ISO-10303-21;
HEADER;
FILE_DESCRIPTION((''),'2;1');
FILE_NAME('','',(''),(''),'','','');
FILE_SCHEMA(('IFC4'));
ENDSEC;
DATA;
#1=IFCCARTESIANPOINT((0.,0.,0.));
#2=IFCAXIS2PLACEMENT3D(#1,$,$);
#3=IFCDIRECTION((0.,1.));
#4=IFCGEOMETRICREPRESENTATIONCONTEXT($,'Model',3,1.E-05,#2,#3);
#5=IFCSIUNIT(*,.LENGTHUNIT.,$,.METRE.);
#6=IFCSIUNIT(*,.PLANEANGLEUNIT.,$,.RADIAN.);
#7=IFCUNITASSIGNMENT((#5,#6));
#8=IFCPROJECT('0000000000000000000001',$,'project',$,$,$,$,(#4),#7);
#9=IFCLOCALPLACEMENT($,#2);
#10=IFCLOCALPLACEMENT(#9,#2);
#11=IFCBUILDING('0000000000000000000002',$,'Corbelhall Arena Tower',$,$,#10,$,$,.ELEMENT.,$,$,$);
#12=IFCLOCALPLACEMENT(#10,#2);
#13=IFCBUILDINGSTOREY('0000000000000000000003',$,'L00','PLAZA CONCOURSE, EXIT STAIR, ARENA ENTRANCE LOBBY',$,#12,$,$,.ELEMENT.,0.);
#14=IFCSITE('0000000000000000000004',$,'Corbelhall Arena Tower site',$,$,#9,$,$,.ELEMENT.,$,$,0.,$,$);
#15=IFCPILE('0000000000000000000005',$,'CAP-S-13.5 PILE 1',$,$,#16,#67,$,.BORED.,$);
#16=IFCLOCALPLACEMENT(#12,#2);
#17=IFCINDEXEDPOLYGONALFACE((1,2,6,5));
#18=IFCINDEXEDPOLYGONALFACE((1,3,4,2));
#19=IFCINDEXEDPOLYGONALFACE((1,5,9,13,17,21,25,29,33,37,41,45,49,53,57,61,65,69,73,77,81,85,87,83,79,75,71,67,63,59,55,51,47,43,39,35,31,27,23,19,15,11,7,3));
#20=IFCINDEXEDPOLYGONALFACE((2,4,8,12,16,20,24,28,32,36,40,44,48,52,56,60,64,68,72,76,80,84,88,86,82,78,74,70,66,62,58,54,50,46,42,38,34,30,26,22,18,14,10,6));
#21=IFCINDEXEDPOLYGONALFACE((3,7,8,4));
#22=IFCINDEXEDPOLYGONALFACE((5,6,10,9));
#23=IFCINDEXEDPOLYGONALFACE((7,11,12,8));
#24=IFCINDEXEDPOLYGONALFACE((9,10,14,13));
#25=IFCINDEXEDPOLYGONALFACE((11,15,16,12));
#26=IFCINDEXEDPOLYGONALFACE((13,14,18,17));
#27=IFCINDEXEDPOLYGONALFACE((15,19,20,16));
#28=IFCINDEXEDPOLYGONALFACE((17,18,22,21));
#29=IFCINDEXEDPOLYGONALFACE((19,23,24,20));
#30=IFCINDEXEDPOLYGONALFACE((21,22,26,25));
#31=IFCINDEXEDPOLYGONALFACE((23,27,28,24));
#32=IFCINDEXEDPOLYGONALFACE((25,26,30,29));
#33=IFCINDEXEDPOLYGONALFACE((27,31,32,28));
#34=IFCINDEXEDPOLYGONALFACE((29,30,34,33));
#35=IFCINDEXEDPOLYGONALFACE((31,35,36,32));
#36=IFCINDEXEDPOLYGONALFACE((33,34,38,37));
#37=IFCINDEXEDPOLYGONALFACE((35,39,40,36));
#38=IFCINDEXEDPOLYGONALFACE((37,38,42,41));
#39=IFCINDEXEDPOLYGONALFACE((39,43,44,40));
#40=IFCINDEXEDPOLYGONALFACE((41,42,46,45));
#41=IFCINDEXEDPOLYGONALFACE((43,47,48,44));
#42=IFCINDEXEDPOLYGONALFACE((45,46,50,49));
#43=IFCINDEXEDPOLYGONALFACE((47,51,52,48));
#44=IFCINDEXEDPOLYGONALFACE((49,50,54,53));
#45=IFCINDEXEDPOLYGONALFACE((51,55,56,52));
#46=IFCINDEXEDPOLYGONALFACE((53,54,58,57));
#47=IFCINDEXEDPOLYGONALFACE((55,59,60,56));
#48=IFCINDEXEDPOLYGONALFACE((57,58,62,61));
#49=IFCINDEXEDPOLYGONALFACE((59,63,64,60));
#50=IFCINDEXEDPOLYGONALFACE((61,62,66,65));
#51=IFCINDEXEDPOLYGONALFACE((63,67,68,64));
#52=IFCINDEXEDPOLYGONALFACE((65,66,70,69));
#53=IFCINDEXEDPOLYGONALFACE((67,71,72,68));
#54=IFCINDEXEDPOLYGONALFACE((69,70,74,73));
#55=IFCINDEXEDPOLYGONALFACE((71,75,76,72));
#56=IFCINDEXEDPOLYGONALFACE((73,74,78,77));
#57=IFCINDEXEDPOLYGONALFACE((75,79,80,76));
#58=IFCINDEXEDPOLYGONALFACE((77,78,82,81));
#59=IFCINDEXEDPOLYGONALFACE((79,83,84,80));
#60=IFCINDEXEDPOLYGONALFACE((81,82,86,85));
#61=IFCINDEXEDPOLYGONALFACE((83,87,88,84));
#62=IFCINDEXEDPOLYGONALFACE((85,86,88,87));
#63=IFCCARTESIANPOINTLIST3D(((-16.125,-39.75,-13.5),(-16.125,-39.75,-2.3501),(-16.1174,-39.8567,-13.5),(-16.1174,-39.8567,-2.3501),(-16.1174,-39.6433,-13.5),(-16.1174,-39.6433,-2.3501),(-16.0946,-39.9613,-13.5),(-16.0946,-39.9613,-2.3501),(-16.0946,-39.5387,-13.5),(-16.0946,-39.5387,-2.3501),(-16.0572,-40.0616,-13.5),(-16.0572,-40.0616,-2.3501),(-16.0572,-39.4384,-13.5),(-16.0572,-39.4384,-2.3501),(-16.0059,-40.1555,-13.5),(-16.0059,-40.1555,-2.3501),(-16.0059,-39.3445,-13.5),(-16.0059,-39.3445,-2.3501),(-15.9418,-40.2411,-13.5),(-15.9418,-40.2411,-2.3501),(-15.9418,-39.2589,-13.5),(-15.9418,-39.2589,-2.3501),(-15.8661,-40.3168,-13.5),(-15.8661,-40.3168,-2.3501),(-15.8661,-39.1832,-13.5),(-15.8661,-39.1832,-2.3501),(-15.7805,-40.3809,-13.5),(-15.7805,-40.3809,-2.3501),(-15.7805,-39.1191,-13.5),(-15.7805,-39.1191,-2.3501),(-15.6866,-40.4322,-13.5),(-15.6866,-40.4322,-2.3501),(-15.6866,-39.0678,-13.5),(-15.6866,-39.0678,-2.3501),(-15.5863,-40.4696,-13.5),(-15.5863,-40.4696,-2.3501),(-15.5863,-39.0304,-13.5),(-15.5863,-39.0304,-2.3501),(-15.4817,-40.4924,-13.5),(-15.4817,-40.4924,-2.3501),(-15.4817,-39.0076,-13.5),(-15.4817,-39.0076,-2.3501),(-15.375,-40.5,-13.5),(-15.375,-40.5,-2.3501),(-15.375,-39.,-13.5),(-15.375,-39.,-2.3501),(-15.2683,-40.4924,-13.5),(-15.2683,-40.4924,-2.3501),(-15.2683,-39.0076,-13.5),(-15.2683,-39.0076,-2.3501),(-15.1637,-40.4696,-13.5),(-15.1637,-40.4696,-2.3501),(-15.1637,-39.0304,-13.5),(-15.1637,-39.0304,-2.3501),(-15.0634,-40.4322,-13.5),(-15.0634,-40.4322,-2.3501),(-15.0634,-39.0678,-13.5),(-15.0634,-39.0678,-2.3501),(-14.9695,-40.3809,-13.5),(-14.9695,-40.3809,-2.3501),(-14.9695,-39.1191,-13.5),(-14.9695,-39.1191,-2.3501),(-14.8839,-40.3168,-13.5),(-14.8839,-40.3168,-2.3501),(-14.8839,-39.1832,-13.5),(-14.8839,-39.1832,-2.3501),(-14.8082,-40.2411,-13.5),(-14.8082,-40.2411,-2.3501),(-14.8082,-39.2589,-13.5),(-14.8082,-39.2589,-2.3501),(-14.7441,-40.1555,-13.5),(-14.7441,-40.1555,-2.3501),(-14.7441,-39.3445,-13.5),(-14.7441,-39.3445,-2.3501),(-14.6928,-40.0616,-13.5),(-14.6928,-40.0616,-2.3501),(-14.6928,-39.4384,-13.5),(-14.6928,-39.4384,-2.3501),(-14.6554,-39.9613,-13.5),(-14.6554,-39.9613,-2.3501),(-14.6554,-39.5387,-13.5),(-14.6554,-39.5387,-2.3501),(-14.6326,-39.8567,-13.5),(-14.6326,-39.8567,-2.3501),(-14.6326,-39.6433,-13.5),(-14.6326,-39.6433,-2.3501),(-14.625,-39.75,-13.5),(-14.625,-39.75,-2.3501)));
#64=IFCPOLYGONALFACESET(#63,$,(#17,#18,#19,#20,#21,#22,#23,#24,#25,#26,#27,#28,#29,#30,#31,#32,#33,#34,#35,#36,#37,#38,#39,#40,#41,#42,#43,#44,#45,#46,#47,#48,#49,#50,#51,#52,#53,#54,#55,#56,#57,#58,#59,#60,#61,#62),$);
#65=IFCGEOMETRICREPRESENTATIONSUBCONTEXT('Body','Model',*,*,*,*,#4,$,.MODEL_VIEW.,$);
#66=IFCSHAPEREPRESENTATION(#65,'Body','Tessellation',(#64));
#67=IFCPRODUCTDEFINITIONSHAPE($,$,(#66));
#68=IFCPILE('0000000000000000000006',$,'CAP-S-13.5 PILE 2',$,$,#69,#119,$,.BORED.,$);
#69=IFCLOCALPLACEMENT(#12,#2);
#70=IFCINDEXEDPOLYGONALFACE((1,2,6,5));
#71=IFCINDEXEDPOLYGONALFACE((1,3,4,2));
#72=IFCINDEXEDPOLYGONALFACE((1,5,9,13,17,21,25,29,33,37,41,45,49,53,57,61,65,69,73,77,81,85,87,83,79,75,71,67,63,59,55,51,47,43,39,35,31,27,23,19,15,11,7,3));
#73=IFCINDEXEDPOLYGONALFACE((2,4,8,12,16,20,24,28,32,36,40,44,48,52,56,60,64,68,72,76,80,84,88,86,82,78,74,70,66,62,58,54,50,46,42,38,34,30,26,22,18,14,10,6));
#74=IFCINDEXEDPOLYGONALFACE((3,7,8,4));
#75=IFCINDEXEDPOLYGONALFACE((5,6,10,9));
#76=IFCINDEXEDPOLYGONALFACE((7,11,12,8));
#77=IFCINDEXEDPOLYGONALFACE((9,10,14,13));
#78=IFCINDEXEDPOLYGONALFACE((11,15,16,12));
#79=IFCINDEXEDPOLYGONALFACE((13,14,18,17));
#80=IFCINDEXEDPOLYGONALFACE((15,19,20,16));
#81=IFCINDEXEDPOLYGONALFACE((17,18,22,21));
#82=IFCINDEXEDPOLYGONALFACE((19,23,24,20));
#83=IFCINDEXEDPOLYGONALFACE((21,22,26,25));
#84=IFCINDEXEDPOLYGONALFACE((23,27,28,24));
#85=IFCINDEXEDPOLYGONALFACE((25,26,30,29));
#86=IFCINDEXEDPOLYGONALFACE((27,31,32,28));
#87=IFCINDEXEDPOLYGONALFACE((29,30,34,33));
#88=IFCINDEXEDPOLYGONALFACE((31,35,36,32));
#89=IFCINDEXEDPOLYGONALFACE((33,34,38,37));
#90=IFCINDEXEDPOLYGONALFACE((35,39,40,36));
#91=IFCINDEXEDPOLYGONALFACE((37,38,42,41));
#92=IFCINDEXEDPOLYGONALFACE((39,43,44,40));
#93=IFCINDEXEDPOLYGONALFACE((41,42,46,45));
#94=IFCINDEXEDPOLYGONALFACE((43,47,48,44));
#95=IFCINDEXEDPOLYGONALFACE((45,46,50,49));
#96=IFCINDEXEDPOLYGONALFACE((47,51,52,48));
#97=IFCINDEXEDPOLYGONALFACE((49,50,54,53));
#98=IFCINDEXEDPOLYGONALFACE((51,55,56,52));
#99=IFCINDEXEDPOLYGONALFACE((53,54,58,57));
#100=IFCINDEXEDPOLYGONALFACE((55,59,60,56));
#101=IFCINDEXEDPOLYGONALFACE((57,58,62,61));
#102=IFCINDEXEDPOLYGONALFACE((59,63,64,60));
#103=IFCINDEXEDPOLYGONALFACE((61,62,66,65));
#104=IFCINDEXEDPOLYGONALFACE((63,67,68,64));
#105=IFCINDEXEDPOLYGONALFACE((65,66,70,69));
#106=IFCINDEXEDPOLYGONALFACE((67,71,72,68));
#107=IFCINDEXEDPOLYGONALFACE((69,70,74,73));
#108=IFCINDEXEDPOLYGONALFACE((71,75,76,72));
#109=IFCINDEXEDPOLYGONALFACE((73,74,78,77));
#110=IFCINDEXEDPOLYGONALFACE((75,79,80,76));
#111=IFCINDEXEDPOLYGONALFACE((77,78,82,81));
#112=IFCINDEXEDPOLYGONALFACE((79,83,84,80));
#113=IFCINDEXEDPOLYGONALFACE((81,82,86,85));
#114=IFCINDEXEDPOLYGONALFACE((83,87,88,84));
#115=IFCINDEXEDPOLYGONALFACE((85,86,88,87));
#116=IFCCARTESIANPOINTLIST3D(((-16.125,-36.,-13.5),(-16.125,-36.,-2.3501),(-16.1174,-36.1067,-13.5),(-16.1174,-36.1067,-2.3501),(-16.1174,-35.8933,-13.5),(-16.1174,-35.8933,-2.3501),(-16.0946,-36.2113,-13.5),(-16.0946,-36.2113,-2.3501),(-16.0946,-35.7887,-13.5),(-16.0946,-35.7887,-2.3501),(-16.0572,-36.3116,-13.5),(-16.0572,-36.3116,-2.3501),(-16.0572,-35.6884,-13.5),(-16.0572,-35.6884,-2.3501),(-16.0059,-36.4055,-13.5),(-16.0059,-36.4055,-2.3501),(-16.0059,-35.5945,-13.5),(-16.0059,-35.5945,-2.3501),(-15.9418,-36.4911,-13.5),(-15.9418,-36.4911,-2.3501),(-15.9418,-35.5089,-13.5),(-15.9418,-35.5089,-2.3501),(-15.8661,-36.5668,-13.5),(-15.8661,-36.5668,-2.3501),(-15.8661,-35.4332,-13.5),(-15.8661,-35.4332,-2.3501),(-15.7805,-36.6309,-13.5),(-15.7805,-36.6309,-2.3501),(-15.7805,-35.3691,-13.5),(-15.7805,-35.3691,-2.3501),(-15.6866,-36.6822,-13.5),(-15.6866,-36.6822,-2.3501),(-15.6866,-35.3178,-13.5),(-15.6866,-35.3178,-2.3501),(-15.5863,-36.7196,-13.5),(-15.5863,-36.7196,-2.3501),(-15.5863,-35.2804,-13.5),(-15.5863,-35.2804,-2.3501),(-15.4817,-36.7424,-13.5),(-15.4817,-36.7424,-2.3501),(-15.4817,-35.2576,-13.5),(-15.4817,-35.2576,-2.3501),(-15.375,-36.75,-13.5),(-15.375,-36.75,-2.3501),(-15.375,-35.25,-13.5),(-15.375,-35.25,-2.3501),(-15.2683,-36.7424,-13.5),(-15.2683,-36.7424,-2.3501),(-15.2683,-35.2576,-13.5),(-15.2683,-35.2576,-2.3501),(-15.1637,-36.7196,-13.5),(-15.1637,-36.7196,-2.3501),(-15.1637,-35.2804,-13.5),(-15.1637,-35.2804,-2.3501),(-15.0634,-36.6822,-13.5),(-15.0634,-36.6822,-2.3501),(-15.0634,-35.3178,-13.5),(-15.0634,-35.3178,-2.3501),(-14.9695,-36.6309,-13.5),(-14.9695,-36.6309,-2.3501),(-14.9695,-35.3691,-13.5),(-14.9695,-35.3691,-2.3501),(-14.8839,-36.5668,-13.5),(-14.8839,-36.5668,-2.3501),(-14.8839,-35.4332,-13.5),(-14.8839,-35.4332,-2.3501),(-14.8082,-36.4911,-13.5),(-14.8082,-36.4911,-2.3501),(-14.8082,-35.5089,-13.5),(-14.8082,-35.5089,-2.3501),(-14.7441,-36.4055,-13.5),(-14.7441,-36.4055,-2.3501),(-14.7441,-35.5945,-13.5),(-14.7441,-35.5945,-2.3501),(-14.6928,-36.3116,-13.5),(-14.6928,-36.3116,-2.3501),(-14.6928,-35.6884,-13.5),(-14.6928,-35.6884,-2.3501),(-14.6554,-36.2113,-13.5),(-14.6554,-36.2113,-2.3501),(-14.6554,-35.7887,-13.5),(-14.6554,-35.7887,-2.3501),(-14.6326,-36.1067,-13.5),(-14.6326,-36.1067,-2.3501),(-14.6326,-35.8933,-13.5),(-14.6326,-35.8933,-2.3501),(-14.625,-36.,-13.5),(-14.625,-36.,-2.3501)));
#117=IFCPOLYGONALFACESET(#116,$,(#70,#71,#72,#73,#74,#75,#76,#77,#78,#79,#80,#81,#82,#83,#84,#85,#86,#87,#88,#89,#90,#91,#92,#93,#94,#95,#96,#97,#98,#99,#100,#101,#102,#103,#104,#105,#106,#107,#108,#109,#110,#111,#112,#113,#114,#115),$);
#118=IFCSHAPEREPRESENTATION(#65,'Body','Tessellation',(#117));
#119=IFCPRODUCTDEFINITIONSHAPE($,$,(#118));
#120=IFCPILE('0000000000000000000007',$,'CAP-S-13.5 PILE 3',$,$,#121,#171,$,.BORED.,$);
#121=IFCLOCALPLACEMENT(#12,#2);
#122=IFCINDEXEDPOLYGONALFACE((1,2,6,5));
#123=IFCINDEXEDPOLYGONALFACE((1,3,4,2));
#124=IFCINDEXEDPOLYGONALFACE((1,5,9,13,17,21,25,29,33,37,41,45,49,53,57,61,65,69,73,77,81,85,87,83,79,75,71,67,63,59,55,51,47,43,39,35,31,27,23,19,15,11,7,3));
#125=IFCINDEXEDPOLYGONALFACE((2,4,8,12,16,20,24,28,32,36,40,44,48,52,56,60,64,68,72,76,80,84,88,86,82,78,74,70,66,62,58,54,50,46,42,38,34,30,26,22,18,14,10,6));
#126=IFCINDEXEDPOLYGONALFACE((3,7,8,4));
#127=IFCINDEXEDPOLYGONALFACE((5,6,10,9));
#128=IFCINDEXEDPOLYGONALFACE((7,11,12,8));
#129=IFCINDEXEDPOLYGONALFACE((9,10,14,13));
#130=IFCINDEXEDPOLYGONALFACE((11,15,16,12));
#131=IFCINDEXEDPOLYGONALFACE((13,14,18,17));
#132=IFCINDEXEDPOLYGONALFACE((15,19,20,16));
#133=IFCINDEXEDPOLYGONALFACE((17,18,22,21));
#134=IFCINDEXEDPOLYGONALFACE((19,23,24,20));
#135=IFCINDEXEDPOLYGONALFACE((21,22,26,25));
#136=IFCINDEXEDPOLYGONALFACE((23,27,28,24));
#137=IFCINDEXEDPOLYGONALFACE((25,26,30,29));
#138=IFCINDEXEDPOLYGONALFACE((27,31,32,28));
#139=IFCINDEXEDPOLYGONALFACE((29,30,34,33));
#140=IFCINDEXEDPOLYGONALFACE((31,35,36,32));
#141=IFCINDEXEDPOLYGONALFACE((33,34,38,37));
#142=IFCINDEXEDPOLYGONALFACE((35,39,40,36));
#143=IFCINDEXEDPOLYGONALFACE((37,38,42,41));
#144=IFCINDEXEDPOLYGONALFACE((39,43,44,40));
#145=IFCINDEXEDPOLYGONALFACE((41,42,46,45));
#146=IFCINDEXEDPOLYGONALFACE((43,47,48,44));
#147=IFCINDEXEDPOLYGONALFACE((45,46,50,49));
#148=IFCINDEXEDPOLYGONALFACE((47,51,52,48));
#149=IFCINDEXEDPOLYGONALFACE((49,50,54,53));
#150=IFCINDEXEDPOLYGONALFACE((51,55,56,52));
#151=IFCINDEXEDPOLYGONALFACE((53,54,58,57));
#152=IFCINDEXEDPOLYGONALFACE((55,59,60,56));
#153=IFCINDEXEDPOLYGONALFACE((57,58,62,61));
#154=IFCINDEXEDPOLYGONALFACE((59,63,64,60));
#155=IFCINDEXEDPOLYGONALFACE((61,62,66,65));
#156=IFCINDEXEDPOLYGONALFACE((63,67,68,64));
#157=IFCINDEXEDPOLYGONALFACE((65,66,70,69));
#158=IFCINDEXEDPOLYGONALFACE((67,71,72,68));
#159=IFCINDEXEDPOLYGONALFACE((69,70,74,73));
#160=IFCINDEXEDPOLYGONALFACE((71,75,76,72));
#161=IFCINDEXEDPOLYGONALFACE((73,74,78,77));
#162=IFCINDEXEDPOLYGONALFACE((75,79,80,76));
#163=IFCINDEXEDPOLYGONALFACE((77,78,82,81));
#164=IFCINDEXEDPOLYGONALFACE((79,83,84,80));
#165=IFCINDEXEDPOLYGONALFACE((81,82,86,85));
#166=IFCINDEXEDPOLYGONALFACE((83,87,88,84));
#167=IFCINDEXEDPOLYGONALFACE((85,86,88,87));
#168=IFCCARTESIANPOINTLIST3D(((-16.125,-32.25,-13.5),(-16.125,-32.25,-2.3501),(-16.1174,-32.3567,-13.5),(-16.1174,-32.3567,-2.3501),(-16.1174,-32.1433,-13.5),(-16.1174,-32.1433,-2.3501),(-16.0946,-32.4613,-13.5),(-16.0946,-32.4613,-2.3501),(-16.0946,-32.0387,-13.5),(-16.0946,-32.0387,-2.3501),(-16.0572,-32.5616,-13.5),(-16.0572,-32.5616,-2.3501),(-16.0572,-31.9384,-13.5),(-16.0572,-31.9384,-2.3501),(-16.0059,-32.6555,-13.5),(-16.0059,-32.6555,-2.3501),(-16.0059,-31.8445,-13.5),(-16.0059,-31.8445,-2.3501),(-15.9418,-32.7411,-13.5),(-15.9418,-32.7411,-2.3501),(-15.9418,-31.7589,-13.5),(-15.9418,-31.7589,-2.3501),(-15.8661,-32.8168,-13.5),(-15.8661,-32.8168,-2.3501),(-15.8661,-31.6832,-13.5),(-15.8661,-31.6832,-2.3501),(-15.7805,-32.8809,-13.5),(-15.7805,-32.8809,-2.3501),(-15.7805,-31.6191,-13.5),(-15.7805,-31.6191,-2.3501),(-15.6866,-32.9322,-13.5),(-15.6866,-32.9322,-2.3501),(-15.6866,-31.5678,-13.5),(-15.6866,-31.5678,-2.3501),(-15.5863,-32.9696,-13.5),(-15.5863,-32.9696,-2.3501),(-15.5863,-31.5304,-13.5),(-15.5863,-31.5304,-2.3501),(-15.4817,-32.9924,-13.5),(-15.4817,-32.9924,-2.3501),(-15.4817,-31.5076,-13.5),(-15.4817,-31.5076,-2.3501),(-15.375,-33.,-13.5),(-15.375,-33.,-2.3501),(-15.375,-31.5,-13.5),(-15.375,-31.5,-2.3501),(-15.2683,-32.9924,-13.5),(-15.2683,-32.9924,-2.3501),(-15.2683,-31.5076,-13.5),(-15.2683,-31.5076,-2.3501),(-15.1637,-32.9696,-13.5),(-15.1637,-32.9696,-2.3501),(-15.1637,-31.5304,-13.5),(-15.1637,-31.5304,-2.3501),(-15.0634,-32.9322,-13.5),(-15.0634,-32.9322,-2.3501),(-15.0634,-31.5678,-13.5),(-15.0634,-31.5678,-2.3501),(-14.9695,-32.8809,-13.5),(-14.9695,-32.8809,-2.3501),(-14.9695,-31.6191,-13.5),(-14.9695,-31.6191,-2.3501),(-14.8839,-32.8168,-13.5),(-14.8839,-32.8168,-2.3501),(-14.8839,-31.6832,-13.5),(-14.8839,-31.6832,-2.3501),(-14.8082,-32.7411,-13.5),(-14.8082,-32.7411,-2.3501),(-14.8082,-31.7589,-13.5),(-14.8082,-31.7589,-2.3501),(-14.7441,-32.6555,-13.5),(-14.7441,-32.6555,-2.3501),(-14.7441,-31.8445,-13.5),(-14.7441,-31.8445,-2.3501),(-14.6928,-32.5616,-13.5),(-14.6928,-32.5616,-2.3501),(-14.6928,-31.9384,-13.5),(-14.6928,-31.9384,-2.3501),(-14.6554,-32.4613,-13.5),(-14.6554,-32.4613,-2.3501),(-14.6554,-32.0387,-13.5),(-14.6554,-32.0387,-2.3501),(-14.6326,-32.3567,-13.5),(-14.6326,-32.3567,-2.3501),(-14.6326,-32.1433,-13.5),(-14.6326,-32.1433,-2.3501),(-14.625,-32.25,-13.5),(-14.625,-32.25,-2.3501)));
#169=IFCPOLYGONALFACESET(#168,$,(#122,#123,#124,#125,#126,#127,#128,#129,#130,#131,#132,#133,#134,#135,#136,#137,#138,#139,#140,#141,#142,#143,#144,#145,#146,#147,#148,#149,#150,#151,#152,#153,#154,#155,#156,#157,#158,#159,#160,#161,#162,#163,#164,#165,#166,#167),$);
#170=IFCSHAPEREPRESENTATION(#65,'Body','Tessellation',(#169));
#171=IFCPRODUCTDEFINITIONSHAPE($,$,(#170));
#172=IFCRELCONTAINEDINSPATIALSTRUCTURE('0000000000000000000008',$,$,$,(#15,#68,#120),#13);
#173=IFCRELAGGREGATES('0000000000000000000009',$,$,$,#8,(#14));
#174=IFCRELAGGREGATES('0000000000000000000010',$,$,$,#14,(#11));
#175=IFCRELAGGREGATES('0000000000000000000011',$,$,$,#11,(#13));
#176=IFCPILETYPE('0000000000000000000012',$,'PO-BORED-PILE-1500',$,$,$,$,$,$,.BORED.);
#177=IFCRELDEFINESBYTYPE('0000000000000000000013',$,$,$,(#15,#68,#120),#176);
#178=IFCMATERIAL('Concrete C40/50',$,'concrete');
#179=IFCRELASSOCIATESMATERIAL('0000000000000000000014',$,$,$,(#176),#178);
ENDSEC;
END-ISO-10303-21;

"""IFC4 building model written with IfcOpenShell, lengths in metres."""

from ifc_helpers import new_model, si_unit, direction, frame, origin, origin_2d, place, context, subcontext, project, spatial, circle, extrude, material, material_profile, profile_set, type_object, element, save


model = new_model("IFC4")

# Units and contexts
model_context = context("Model", 3, precision=1e-05, world=origin(), true_north=direction((0.0, 1.0)))
body_context = subcontext(model_context, "Body", "Model", "MODEL_VIEW")
ifc_project = project(units=[si_unit("LENGTHUNIT", "METRE"), si_unit("PLANEANGLEUNIT", "RADIAN")], contexts=[model_context])

# Site, building, storey
site_placement = place(None, origin())
site = spatial("IfcSite", under=ifc_project, at=site_placement, Name="Corbelhall Arena Tower site", CompositionType="ELEMENT", RefElevation=0.0)
building_placement = place(site_placement, origin())
building = spatial("IfcBuilding", under=site, at=building_placement, Name="Corbelhall Arena Tower", CompositionType="ELEMENT")
storey_placement = place(building_placement, origin())
storey = spatial("IfcBuildingStorey", under=building, at=storey_placement, Name="L00", Description="PLAZA CONCOURSE, EXIT STAIR, ARENA ENTRANCE LOBBY", CompositionType="ELEMENT", Elevation=0.0)

# Piles
ifc_material_1 = material(Name="Concrete C40/50", Category="concrete")
ifc_material_profile_1 = material_profile(ifc_material_1, circle(Radius=0.75, at=origin_2d()))
ifc_profile_set_1 = profile_set([ifc_material_profile_1], Name="Concrete C40/50")
pile_type_1 = type_object("IfcPileType", Name="PO-BORED-PILE-1500", PredefinedType="BORED", material=ifc_profile_set_1)
for number, where, z_axis, x_axis, name in (
    (1, (-15.375, -39.75, -2.3501), (0.0, 0.0, -1.0), (1.0, 0.0, 0.0), "CAP-S-13.5 PILE 1"),
    (2, (-15.375, -36.0, -2.3501), (0.0, 0.0, -1.0), (1.0, 0.0, 0.0), "CAP-S-13.5 PILE 2"),
    (3, (-15.375, -32.25, -2.3501), (0.0, 0.0, -1.0), (1.0, 0.0, 0.0), "CAP-S-13.5 PILE 3"),
):
    element("IfcPile", number, at=place(storey_placement, frame(where, z_axis=z_axis, x_axis=x_axis)), inside=storey, type_object=pile_type_1, Name=name, PredefinedType="BORED", context=body_context, shape_type="SweptSolid", body=[
        extrude(circle(Radius=0.75, at=origin_2d()), origin(), (0.0, 0.0, 1.0), 11.1499),
    ])

save(model, "model.ifc")
